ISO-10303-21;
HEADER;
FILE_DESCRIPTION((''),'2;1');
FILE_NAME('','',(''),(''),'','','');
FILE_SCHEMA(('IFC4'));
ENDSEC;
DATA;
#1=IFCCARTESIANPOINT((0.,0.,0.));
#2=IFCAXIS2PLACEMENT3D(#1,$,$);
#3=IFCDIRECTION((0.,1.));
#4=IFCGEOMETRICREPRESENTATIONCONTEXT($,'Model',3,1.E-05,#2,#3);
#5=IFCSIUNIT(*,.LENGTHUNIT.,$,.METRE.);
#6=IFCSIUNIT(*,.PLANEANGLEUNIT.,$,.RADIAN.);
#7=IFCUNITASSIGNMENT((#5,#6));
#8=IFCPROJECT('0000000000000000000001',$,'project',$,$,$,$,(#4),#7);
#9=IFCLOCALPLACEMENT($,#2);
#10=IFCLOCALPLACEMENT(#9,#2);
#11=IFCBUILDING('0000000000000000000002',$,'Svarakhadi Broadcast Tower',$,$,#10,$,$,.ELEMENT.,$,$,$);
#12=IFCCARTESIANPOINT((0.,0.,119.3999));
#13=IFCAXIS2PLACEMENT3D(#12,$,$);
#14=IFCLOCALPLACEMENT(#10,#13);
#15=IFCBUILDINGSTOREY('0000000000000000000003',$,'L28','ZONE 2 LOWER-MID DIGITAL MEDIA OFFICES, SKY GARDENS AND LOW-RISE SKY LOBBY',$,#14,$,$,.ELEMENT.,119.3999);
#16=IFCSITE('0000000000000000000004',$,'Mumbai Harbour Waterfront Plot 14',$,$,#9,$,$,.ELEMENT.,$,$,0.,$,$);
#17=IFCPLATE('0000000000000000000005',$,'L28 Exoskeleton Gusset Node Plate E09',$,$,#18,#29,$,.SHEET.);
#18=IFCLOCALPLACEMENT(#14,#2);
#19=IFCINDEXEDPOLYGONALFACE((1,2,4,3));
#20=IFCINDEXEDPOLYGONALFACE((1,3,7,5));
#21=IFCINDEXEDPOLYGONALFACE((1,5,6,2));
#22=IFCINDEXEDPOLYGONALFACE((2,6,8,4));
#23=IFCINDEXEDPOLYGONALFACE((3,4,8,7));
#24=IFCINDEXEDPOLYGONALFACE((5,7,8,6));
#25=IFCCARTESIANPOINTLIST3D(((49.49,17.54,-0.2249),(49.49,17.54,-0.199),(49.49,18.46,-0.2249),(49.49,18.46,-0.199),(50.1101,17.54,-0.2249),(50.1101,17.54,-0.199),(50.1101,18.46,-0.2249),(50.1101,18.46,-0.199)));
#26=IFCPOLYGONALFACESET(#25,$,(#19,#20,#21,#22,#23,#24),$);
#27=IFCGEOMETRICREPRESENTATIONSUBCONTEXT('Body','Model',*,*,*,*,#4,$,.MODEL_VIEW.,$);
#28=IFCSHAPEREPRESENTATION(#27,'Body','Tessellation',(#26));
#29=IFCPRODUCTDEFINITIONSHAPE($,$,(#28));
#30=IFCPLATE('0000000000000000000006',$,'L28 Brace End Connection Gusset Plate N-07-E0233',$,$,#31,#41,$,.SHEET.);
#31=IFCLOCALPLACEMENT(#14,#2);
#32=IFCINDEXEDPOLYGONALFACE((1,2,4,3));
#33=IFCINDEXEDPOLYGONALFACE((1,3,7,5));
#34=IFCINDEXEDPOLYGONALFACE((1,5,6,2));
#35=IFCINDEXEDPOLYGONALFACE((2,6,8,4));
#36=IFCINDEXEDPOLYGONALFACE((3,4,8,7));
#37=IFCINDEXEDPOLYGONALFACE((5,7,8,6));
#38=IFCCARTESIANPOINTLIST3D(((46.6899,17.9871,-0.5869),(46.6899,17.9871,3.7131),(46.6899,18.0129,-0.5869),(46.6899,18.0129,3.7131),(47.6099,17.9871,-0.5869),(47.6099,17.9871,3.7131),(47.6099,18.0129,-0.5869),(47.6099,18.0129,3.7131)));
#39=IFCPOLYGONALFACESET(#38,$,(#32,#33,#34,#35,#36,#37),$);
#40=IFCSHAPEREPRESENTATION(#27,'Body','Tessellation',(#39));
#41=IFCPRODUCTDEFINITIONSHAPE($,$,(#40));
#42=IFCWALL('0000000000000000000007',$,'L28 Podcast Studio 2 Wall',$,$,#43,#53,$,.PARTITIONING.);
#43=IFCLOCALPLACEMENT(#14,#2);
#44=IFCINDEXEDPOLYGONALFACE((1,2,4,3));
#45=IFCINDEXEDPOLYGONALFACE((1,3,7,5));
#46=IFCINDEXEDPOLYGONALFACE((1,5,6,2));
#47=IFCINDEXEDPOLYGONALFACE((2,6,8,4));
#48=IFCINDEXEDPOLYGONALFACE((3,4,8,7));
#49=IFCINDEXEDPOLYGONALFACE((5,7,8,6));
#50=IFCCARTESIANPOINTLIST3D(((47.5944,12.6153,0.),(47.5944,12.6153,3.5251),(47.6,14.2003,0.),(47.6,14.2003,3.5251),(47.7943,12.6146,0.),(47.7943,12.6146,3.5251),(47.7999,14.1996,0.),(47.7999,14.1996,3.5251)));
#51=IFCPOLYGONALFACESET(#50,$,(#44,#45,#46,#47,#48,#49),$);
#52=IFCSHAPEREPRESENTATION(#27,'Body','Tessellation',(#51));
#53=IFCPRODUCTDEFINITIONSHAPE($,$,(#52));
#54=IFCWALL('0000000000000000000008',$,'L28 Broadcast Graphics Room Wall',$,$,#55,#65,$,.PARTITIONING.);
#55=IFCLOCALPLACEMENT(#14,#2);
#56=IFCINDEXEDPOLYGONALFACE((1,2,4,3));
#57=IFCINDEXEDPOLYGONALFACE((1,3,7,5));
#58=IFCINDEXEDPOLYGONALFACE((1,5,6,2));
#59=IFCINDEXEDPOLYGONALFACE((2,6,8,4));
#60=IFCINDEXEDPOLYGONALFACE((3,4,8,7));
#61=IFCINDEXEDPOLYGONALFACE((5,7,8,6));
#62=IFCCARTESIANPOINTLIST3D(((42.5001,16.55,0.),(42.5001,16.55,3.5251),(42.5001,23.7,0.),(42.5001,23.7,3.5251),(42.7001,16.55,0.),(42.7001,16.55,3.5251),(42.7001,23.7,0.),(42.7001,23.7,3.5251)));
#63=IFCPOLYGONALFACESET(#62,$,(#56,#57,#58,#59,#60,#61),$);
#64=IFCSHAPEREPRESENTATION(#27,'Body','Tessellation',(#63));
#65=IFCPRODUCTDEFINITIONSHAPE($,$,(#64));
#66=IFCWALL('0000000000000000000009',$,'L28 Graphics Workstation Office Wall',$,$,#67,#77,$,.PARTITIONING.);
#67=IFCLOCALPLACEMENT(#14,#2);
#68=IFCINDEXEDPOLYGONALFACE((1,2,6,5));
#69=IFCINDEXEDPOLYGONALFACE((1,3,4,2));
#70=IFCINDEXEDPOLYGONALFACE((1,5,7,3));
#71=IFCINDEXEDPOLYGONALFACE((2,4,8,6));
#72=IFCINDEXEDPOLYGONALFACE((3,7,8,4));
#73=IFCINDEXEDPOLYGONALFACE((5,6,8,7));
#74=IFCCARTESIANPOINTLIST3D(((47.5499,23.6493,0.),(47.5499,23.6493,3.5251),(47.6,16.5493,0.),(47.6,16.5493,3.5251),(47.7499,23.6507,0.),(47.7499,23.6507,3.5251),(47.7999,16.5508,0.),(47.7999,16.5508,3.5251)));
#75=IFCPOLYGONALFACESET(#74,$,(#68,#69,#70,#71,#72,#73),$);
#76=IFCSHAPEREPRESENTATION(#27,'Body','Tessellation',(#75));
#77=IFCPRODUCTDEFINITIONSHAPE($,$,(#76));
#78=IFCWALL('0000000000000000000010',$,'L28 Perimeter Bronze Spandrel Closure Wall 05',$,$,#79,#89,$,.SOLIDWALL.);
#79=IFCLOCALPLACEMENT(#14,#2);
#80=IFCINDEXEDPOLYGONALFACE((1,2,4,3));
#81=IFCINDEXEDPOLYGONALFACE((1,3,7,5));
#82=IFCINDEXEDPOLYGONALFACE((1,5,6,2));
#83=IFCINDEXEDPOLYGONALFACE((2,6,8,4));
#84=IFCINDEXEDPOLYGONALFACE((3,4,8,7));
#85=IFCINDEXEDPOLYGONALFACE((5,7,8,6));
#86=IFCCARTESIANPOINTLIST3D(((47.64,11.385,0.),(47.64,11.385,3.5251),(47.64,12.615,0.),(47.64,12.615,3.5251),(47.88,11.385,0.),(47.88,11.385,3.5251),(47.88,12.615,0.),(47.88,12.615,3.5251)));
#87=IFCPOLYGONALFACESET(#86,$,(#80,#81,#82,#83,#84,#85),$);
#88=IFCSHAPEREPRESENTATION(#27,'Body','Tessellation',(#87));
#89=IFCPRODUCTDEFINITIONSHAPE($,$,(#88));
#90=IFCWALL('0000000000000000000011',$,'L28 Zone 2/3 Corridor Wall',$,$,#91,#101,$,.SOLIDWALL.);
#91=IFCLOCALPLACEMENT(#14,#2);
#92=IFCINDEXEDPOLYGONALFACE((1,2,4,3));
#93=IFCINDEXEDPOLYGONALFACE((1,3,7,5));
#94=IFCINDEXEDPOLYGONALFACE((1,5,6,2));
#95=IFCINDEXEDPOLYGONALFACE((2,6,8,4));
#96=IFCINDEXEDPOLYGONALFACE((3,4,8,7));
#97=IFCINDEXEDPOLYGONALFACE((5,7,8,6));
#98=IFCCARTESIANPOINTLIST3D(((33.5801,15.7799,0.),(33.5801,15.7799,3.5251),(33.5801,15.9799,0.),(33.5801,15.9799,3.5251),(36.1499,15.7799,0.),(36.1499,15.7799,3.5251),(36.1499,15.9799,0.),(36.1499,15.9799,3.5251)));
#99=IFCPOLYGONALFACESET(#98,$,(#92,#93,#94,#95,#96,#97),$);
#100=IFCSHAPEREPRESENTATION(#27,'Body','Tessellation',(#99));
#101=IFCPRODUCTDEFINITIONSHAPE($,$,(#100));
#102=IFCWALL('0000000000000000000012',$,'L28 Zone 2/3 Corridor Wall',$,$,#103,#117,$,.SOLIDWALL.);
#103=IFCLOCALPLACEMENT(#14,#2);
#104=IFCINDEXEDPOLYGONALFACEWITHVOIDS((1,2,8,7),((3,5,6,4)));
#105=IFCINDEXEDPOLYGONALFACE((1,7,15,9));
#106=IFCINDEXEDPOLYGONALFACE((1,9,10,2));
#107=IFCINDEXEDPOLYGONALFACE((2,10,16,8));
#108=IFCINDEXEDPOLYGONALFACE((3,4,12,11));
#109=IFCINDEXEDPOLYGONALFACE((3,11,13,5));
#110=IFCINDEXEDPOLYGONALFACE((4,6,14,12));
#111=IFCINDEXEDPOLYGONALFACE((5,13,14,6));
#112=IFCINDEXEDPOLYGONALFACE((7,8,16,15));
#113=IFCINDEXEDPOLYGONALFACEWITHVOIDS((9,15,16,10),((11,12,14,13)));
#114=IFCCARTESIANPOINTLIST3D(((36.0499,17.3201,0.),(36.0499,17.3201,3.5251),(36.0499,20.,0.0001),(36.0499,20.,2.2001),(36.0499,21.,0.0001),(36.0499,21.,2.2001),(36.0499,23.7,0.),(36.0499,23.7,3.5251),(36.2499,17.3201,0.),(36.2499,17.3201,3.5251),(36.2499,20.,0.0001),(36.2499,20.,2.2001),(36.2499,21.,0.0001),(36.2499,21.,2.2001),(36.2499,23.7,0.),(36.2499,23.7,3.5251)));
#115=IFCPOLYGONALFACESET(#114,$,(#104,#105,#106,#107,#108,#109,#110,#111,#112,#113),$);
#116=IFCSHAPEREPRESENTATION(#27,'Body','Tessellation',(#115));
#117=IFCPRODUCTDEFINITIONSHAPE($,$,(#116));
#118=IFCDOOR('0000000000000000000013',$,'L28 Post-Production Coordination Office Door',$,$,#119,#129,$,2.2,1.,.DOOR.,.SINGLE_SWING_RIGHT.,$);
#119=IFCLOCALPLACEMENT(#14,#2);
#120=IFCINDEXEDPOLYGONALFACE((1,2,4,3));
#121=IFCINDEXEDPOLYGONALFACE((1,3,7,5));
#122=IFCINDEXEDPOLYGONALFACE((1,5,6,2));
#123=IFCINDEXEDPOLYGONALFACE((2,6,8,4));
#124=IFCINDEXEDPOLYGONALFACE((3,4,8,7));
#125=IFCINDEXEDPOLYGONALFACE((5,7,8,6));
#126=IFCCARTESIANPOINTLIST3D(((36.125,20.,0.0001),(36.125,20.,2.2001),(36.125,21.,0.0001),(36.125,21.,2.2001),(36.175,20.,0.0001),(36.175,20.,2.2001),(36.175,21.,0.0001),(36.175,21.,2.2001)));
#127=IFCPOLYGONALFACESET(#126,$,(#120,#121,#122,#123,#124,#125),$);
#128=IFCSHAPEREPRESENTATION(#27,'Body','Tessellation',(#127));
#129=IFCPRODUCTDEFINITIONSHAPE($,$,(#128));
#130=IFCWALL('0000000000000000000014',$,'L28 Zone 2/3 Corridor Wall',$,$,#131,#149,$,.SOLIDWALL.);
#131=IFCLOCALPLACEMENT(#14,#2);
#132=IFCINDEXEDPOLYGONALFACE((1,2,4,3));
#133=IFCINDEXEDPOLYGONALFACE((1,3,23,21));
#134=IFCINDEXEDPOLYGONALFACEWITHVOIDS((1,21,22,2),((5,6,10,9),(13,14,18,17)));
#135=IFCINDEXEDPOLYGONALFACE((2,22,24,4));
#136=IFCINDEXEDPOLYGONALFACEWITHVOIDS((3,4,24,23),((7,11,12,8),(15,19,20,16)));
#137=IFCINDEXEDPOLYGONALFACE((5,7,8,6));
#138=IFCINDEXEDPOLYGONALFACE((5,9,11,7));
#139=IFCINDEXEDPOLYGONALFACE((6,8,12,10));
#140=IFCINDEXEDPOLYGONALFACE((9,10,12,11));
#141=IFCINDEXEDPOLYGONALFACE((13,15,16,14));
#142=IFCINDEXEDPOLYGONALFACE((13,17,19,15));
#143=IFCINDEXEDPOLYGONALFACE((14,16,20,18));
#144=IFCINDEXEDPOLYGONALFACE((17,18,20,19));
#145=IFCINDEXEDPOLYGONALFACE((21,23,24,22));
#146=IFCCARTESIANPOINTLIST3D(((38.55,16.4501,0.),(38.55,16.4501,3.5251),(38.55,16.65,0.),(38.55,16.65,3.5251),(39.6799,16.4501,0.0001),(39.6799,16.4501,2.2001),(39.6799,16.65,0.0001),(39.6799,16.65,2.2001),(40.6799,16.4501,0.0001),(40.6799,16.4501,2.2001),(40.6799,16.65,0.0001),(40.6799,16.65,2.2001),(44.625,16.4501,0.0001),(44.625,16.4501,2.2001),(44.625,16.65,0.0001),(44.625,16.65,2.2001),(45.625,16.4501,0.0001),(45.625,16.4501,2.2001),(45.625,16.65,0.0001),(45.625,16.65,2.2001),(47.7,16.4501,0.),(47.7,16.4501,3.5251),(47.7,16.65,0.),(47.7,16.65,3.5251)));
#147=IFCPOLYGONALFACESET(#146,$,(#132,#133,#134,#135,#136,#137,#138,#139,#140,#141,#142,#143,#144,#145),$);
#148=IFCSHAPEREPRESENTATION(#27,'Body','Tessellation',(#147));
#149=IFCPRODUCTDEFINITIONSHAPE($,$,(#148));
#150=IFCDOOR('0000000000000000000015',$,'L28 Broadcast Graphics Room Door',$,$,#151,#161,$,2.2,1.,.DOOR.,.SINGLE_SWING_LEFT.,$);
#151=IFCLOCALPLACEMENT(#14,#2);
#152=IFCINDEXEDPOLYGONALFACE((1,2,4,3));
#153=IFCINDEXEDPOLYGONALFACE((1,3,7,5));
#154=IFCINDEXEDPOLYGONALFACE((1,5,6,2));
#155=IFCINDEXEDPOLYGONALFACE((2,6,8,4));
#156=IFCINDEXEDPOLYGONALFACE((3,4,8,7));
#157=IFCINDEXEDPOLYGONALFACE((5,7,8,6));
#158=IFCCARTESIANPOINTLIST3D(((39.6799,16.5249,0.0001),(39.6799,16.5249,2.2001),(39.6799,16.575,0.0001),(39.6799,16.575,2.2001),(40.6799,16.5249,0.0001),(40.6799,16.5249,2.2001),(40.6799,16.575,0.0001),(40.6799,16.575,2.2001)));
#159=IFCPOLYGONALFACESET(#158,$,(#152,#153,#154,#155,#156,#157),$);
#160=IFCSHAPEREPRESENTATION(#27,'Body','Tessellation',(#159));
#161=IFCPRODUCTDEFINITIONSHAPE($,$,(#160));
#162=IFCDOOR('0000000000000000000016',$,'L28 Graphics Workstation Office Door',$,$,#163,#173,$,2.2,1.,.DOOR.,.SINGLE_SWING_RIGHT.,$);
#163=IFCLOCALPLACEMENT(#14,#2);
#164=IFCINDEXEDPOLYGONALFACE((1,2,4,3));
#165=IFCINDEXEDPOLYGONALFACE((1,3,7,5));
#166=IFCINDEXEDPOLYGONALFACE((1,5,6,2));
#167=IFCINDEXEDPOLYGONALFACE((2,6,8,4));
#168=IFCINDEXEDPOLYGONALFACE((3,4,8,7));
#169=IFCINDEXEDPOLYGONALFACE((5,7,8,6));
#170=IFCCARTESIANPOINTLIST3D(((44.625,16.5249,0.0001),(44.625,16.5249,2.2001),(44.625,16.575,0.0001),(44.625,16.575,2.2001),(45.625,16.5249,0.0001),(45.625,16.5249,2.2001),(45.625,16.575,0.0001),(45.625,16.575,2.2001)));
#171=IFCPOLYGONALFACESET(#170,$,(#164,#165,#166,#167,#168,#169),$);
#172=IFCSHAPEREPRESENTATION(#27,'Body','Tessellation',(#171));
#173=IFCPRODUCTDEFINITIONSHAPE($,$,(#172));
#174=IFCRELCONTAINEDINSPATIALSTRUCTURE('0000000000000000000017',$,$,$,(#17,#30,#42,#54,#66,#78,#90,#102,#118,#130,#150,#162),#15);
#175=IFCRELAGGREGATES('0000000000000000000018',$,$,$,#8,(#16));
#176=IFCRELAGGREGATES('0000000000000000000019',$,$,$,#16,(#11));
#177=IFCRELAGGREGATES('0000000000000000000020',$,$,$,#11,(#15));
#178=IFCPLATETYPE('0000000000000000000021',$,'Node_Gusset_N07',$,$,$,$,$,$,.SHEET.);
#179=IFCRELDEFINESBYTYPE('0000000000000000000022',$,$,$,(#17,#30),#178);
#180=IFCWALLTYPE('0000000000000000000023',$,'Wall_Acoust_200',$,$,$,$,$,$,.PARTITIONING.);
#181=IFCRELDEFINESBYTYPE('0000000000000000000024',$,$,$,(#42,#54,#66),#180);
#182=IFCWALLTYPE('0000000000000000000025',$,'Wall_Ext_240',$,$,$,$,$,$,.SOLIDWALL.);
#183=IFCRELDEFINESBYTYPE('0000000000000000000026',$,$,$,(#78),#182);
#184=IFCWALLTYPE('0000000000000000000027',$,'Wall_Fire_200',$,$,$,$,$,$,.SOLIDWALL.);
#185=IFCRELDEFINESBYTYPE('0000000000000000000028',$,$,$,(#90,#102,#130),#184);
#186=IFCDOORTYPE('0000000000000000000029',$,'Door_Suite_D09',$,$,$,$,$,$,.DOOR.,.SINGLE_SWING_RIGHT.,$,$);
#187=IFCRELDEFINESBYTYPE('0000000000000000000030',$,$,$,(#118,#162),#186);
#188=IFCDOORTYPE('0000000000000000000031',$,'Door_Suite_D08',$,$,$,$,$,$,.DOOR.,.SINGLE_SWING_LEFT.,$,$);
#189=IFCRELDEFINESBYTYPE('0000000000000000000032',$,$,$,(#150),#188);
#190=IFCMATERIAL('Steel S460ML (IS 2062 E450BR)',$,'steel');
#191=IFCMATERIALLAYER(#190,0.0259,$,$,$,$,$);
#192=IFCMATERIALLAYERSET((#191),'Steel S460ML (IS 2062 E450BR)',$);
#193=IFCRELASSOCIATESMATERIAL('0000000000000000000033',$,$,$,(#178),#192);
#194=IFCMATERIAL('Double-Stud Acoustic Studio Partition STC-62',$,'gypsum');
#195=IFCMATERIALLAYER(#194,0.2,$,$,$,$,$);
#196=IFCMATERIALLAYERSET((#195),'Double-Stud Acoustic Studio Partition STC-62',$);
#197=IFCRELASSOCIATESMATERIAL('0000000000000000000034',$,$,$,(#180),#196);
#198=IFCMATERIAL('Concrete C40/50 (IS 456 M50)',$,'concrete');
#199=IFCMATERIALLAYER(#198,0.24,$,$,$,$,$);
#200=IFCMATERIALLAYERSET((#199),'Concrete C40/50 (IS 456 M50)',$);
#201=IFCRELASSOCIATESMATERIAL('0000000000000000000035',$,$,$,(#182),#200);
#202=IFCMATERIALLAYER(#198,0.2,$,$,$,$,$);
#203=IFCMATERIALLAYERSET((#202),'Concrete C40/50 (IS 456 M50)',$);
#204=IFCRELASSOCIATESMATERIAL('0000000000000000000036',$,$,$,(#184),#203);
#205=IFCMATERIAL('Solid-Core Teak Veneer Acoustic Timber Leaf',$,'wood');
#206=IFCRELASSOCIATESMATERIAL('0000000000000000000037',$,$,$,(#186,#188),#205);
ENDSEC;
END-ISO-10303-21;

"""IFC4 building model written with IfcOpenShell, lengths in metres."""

from ifc_helpers import new_model, si_unit, direction, frame, frame_2d, origin, origin_2d, place, context, subcontext, project, spatial, rectangle, extrude, material, layer, layer_set, type_object, element, fill, save


model = new_model("IFC4")

# Units and contexts
model_context = context("Model", 3, precision=1e-05, world=origin(), true_north=direction((0.0, 1.0)))
body_context = subcontext(model_context, "Body", "Model", "MODEL_VIEW")
ifc_project = project(units=[si_unit("LENGTHUNIT", "METRE"), si_unit("PLANEANGLEUNIT", "RADIAN")], contexts=[model_context])

# Site, building, storey
site_placement = place(None, origin())
site = spatial("IfcSite", under=ifc_project, at=site_placement, Name="Mumbai Harbour Waterfront Plot 14", CompositionType="ELEMENT", RefElevation=0.0)
building_placement = place(site_placement, origin())
building = spatial("IfcBuilding", under=site, at=building_placement, Name="Svarakhadi Broadcast Tower", CompositionType="ELEMENT")
storey_placement = place(building_placement, frame((0.0, 0.0, 119.3999)))
storey = spatial("IfcBuildingStorey", under=building, at=storey_placement, Name="L28", Description="ZONE 2 LOWER-MID DIGITAL MEDIA OFFICES, SKY GARDENS AND LOW-RISE SKY LOBBY", CompositionType="ELEMENT", Elevation=119.3999)

# Shared definitions
ifc_material_1 = material(Name="Steel S460ML (IS 2062 E450BR)", Category="steel")

# Plates
ifc_layer_1 = layer(ifc_material_1, 0.0259)
ifc_layer_set_1 = layer_set([ifc_layer_1], Name="Steel S460ML (IS 2062 E450BR)")
plate_type_1 = type_object("IfcPlateType", Name="Node_Gusset_N07", PredefinedType="SHEET", material=ifc_layer_set_1)
plate_1_placement = place(storey_placement, frame((49.8, 18.0, -0.2249), z_axis=(0.0, 0.0, 1.0), x_axis=(0.0, 1.0, 0.0)))
element("IfcPlate", 1, at=plate_1_placement, inside=storey, type_object=plate_type_1, Name="L28 Exoskeleton Gusset Node Plate E09", PredefinedType="SHEET", context=body_context, shape_type="SweptSolid", body=[
    extrude(rectangle(XDim=0.9199, YDim=0.6201, at=origin_2d()), origin(), (0.0, 0.0, 1.0), 0.0259),
])
plate_2_placement = place(storey_placement, frame((47.1499, 18.0, -0.5869), z_axis=(0.0, 0.0, 1.0), x_axis=(1.0, 0.0, 0.0)))
element("IfcPlate", 2, at=plate_2_placement, inside=storey, type_object=plate_type_1, Name="L28 Brace End Connection Gusset Plate N-07-E0233", PredefinedType="SHEET", context=body_context, shape_type="SweptSolid", body=[
    extrude(rectangle(XDim=0.9199, YDim=0.0259, at=origin_2d()), origin(), (0.0, 0.0, 1.0), 4.3),
])

# Walls
ifc_material_2 = material(Name="Double-Stud Acoustic Studio Partition STC-62", Category="gypsum")
ifc_layer_2 = layer(ifc_material_2, 0.2)
ifc_layer_set_2 = layer_set([ifc_layer_2], Name="Double-Stud Acoustic Studio Partition STC-62")
wall_type_1 = type_object("IfcWallType", Name="Wall_Acoust_200", PredefinedType="PARTITIONING", material=ifc_layer_set_2)
wall_1_placement = place(storey_placement, frame((47.6943, 12.615, 0.0), z_axis=(0.0, 0.0, 1.0), x_axis=(0.003543, 0.999994, 0.0)))
element("IfcWall", 3, at=wall_1_placement, inside=storey, type_object=wall_type_1, Name="L28 Podcast Studio 2 Wall", PredefinedType="PARTITIONING", context=body_context, shape_type="SweptSolid", body=[
    extrude(rectangle(XDim=1.585, YDim=0.2, at=frame_2d((0.7925, 0.0))), origin(), (0.0, 0.0, 1.0), 3.5251),
])
wall_2_placement = place(storey_placement, frame((42.6001, 16.55, 0.0), z_axis=(0.0, 0.0, 1.0), x_axis=(0.0, 1.0, 0.0)))
element("IfcWall", 4, at=wall_2_placement, inside=storey, type_object=wall_type_1, Name="L28 Broadcast Graphics Room Wall", PredefinedType="PARTITIONING", context=body_context, shape_type="SweptSolid", body=[
    extrude(rectangle(XDim=7.1499, YDim=0.2, at=frame_2d((3.575, 0.0))), origin(), (0.0, 0.0, 1.0), 3.5251),
])
wall_3_placement = place(storey_placement, frame((47.7, 16.55, 0.0), z_axis=(0.0, 0.0, 1.0), x_axis=(-0.007049, 0.999975, 0.0)))
element("IfcWall", 5, at=wall_3_placement, inside=storey, type_object=wall_type_1, Name="L28 Graphics Workstation Office Wall", PredefinedType="PARTITIONING", context=body_context, shape_type="SweptSolid", body=[
    extrude(rectangle(XDim=7.1001, YDim=0.2, at=frame_2d((3.55, 0.0))), origin(), (0.0, 0.0, 1.0), 3.5251),
])
ifc_material_3 = material(Name="Concrete C40/50 (IS 456 M50)", Category="concrete")
ifc_layer_3 = layer(ifc_material_3, 0.24)
ifc_layer_set_3 = layer_set([ifc_layer_3], Name="Concrete C40/50 (IS 456 M50)")
wall_type_2 = type_object("IfcWallType", Name="Wall_Ext_240", PredefinedType="SOLIDWALL", material=ifc_layer_set_3)
wall_4_placement = place(storey_placement, frame((47.76, 12.615, 0.0), z_axis=(0.0, 0.0, 1.0), x_axis=(0.0, -1.0, 0.0)))
element("IfcWall", 6, at=wall_4_placement, inside=storey, type_object=wall_type_2, Name="L28 Perimeter Bronze Spandrel Closure Wall 05", PredefinedType="SOLIDWALL", context=body_context, shape_type="SweptSolid", body=[
    extrude(rectangle(XDim=1.23, YDim=0.24, at=frame_2d((0.615, 0.0))), origin(), (0.0, 0.0, 1.0), 3.5251),
])
ifc_layer_4 = layer(ifc_material_3, 0.2)
ifc_layer_set_4 = layer_set([ifc_layer_4], Name="Concrete C40/50 (IS 456 M50)")
wall_type_3 = type_object("IfcWallType", Name="Wall_Fire_200", PredefinedType="SOLIDWALL", material=ifc_layer_set_4)
wall_5_placement = place(storey_placement, frame((36.1499, 15.8799, 0.0), z_axis=(0.0, 0.0, 1.0), x_axis=(-1.0, 0.0, 0.0)))
element("IfcWall", 7, at=wall_5_placement, inside=storey, type_object=wall_type_3, Name="L28 Zone 2/3 Corridor Wall", PredefinedType="SOLIDWALL", context=body_context, shape_type="SweptSolid", body=[
    extrude(rectangle(XDim=2.5698, YDim=0.2, at=frame_2d((1.2849, 0.0))), origin(), (0.0, 0.0, 1.0), 3.5251),
])

# Wall, opening, door
wall_6_placement = place(storey_placement, frame((36.1499, 17.3201, 0.0), z_axis=(0.0, 0.0, 1.0), x_axis=(0.0, 1.0, 0.0)))
wall_6 = element("IfcWall", 8, at=wall_6_placement, inside=storey, type_object=wall_type_3, Name="L28 Zone 2/3 Corridor Wall", PredefinedType="SOLIDWALL", context=body_context, shape_type="SweptSolid", body=[
    extrude(rectangle(XDim=6.3799, YDim=0.2, at=frame_2d((3.1899, 0.0))), origin(), (0.0, 0.0, 1.0), 3.5251),
])
opening_1_placement = place(wall_6_placement, frame((2.6799, 0.0, 0.0)))
opening_1 = element("IfcOpeningElement", 9, at=opening_1_placement, cuts=wall_6, PredefinedType="OPENING", context=body_context, shape_type="SweptSolid", body=[
    extrude(rectangle(XDim=1.0, YDim=2.2, at=frame_2d((0.5, 1.1001))), frame((0.0, 0.1099, 0.0), z_axis=(0.0, -1.0, 0.0), x_axis=(1.0, 0.0, 0.0)), (0.0, 0.0, 1.0), 0.22),
])
ifc_material_4 = material(Name="Solid-Core Teak Veneer Acoustic Timber Leaf", Category="wood")
door_type_1 = type_object("IfcDoorType", Name="Door_Suite_D09", OperationType="SINGLE_SWING_RIGHT", PredefinedType="DOOR", material=ifc_material_4)
door_1_placement = place(opening_1_placement, origin())
door_1 = element("IfcDoor", 10, at=door_1_placement, inside=storey, type_object=door_type_1, Name="L28 Post-Production Coordination Office Door", OperationType="SINGLE_SWING_RIGHT", OverallHeight=2.2, OverallWidth=1.0, PredefinedType="DOOR", context=body_context, shape_type="SweptSolid", body=[
    extrude(rectangle(XDim=1.0, YDim=2.2, at=frame_2d((0.5, 1.1001))), frame((0.0, 0.0249, 0.0), z_axis=(0.0, -1.0, 0.0), x_axis=(1.0, 0.0, 0.0)), (0.0, 0.0, 1.0), 0.05),
])
fill(opening_1, door_1)

# Wall, openings, doors
wall_7_placement = place(storey_placement, frame((38.55, 16.55, 0.0), z_axis=(0.0, 0.0, 1.0), x_axis=(1.0, 0.0, 0.0)))
wall_7 = element("IfcWall", 11, at=wall_7_placement, inside=storey, type_object=wall_type_3, Name="L28 Zone 2/3 Corridor Wall", PredefinedType="SOLIDWALL", context=body_context, shape_type="SweptSolid", body=[
    extrude(rectangle(XDim=9.1499, YDim=0.2, at=frame_2d((4.575, 0.0))), origin(), (0.0, 0.0, 1.0), 3.5251),
])
opening_2_placement = place(wall_7_placement, frame((1.1299, 0.0, 0.0)))
opening_2 = element("IfcOpeningElement", 12, at=opening_2_placement, cuts=wall_7, PredefinedType="OPENING", context=body_context, shape_type="SweptSolid", body=[
    extrude(rectangle(XDim=1.0, YDim=2.2, at=frame_2d((0.5, 1.1001))), frame((0.0, 0.1099, 0.0), z_axis=(0.0, -1.0, 0.0), x_axis=(1.0, 0.0, 0.0)), (0.0, 0.0, 1.0), 0.22),
])
opening_3_placement = place(wall_7_placement, frame((6.075, 0.0, 0.0)))
opening_3 = element("IfcOpeningElement", 13, at=opening_3_placement, cuts=wall_7, PredefinedType="OPENING", context=body_context, shape_type="SweptSolid", body=[
    extrude(rectangle(XDim=1.0, YDim=2.2, at=frame_2d((0.5, 1.1001))), frame((0.0, 0.1099, 0.0), z_axis=(0.0, -1.0, 0.0), x_axis=(1.0, 0.0, 0.0)), (0.0, 0.0, 1.0), 0.22),
])
door_type_2 = type_object("IfcDoorType", Name="Door_Suite_D08", OperationType="SINGLE_SWING_LEFT", PredefinedType="DOOR", material=ifc_material_4)
door_2_placement = place(opening_2_placement, origin())
door_2 = element("IfcDoor", 14, at=door_2_placement, inside=storey, type_object=door_type_2, Name="L28 Broadcast Graphics Room Door", OperationType="SINGLE_SWING_LEFT", OverallHeight=2.2, OverallWidth=1.0, PredefinedType="DOOR", context=body_context, shape_type="SweptSolid", body=[
    extrude(rectangle(XDim=1.0, YDim=2.2, at=frame_2d((0.5, 1.1001))), frame((0.0, 0.0249, 0.0), z_axis=(0.0, -1.0, 0.0), x_axis=(1.0, 0.0, 0.0)), (0.0, 0.0, 1.0), 0.05),
])
fill(opening_2, door_2)
door_3_placement = place(opening_3_placement, origin())
door_3 = element("IfcDoor", 15, at=door_3_placement, inside=storey, type_object=door_type_1, Name="L28 Graphics Workstation Office Door", OperationType="SINGLE_SWING_RIGHT", OverallHeight=2.2, OverallWidth=1.0, PredefinedType="DOOR", context=body_context, shape_type="SweptSolid", body=[
    extrude(rectangle(XDim=1.0, YDim=2.2, at=frame_2d((0.5, 1.1001))), frame((0.0, 0.0249, 0.0), z_axis=(0.0, -1.0, 0.0), x_axis=(1.0, 0.0, 0.0)), (0.0, 0.0, 1.0), 0.05),
])
fill(opening_3, door_3)

save(model, "model.ifc")
